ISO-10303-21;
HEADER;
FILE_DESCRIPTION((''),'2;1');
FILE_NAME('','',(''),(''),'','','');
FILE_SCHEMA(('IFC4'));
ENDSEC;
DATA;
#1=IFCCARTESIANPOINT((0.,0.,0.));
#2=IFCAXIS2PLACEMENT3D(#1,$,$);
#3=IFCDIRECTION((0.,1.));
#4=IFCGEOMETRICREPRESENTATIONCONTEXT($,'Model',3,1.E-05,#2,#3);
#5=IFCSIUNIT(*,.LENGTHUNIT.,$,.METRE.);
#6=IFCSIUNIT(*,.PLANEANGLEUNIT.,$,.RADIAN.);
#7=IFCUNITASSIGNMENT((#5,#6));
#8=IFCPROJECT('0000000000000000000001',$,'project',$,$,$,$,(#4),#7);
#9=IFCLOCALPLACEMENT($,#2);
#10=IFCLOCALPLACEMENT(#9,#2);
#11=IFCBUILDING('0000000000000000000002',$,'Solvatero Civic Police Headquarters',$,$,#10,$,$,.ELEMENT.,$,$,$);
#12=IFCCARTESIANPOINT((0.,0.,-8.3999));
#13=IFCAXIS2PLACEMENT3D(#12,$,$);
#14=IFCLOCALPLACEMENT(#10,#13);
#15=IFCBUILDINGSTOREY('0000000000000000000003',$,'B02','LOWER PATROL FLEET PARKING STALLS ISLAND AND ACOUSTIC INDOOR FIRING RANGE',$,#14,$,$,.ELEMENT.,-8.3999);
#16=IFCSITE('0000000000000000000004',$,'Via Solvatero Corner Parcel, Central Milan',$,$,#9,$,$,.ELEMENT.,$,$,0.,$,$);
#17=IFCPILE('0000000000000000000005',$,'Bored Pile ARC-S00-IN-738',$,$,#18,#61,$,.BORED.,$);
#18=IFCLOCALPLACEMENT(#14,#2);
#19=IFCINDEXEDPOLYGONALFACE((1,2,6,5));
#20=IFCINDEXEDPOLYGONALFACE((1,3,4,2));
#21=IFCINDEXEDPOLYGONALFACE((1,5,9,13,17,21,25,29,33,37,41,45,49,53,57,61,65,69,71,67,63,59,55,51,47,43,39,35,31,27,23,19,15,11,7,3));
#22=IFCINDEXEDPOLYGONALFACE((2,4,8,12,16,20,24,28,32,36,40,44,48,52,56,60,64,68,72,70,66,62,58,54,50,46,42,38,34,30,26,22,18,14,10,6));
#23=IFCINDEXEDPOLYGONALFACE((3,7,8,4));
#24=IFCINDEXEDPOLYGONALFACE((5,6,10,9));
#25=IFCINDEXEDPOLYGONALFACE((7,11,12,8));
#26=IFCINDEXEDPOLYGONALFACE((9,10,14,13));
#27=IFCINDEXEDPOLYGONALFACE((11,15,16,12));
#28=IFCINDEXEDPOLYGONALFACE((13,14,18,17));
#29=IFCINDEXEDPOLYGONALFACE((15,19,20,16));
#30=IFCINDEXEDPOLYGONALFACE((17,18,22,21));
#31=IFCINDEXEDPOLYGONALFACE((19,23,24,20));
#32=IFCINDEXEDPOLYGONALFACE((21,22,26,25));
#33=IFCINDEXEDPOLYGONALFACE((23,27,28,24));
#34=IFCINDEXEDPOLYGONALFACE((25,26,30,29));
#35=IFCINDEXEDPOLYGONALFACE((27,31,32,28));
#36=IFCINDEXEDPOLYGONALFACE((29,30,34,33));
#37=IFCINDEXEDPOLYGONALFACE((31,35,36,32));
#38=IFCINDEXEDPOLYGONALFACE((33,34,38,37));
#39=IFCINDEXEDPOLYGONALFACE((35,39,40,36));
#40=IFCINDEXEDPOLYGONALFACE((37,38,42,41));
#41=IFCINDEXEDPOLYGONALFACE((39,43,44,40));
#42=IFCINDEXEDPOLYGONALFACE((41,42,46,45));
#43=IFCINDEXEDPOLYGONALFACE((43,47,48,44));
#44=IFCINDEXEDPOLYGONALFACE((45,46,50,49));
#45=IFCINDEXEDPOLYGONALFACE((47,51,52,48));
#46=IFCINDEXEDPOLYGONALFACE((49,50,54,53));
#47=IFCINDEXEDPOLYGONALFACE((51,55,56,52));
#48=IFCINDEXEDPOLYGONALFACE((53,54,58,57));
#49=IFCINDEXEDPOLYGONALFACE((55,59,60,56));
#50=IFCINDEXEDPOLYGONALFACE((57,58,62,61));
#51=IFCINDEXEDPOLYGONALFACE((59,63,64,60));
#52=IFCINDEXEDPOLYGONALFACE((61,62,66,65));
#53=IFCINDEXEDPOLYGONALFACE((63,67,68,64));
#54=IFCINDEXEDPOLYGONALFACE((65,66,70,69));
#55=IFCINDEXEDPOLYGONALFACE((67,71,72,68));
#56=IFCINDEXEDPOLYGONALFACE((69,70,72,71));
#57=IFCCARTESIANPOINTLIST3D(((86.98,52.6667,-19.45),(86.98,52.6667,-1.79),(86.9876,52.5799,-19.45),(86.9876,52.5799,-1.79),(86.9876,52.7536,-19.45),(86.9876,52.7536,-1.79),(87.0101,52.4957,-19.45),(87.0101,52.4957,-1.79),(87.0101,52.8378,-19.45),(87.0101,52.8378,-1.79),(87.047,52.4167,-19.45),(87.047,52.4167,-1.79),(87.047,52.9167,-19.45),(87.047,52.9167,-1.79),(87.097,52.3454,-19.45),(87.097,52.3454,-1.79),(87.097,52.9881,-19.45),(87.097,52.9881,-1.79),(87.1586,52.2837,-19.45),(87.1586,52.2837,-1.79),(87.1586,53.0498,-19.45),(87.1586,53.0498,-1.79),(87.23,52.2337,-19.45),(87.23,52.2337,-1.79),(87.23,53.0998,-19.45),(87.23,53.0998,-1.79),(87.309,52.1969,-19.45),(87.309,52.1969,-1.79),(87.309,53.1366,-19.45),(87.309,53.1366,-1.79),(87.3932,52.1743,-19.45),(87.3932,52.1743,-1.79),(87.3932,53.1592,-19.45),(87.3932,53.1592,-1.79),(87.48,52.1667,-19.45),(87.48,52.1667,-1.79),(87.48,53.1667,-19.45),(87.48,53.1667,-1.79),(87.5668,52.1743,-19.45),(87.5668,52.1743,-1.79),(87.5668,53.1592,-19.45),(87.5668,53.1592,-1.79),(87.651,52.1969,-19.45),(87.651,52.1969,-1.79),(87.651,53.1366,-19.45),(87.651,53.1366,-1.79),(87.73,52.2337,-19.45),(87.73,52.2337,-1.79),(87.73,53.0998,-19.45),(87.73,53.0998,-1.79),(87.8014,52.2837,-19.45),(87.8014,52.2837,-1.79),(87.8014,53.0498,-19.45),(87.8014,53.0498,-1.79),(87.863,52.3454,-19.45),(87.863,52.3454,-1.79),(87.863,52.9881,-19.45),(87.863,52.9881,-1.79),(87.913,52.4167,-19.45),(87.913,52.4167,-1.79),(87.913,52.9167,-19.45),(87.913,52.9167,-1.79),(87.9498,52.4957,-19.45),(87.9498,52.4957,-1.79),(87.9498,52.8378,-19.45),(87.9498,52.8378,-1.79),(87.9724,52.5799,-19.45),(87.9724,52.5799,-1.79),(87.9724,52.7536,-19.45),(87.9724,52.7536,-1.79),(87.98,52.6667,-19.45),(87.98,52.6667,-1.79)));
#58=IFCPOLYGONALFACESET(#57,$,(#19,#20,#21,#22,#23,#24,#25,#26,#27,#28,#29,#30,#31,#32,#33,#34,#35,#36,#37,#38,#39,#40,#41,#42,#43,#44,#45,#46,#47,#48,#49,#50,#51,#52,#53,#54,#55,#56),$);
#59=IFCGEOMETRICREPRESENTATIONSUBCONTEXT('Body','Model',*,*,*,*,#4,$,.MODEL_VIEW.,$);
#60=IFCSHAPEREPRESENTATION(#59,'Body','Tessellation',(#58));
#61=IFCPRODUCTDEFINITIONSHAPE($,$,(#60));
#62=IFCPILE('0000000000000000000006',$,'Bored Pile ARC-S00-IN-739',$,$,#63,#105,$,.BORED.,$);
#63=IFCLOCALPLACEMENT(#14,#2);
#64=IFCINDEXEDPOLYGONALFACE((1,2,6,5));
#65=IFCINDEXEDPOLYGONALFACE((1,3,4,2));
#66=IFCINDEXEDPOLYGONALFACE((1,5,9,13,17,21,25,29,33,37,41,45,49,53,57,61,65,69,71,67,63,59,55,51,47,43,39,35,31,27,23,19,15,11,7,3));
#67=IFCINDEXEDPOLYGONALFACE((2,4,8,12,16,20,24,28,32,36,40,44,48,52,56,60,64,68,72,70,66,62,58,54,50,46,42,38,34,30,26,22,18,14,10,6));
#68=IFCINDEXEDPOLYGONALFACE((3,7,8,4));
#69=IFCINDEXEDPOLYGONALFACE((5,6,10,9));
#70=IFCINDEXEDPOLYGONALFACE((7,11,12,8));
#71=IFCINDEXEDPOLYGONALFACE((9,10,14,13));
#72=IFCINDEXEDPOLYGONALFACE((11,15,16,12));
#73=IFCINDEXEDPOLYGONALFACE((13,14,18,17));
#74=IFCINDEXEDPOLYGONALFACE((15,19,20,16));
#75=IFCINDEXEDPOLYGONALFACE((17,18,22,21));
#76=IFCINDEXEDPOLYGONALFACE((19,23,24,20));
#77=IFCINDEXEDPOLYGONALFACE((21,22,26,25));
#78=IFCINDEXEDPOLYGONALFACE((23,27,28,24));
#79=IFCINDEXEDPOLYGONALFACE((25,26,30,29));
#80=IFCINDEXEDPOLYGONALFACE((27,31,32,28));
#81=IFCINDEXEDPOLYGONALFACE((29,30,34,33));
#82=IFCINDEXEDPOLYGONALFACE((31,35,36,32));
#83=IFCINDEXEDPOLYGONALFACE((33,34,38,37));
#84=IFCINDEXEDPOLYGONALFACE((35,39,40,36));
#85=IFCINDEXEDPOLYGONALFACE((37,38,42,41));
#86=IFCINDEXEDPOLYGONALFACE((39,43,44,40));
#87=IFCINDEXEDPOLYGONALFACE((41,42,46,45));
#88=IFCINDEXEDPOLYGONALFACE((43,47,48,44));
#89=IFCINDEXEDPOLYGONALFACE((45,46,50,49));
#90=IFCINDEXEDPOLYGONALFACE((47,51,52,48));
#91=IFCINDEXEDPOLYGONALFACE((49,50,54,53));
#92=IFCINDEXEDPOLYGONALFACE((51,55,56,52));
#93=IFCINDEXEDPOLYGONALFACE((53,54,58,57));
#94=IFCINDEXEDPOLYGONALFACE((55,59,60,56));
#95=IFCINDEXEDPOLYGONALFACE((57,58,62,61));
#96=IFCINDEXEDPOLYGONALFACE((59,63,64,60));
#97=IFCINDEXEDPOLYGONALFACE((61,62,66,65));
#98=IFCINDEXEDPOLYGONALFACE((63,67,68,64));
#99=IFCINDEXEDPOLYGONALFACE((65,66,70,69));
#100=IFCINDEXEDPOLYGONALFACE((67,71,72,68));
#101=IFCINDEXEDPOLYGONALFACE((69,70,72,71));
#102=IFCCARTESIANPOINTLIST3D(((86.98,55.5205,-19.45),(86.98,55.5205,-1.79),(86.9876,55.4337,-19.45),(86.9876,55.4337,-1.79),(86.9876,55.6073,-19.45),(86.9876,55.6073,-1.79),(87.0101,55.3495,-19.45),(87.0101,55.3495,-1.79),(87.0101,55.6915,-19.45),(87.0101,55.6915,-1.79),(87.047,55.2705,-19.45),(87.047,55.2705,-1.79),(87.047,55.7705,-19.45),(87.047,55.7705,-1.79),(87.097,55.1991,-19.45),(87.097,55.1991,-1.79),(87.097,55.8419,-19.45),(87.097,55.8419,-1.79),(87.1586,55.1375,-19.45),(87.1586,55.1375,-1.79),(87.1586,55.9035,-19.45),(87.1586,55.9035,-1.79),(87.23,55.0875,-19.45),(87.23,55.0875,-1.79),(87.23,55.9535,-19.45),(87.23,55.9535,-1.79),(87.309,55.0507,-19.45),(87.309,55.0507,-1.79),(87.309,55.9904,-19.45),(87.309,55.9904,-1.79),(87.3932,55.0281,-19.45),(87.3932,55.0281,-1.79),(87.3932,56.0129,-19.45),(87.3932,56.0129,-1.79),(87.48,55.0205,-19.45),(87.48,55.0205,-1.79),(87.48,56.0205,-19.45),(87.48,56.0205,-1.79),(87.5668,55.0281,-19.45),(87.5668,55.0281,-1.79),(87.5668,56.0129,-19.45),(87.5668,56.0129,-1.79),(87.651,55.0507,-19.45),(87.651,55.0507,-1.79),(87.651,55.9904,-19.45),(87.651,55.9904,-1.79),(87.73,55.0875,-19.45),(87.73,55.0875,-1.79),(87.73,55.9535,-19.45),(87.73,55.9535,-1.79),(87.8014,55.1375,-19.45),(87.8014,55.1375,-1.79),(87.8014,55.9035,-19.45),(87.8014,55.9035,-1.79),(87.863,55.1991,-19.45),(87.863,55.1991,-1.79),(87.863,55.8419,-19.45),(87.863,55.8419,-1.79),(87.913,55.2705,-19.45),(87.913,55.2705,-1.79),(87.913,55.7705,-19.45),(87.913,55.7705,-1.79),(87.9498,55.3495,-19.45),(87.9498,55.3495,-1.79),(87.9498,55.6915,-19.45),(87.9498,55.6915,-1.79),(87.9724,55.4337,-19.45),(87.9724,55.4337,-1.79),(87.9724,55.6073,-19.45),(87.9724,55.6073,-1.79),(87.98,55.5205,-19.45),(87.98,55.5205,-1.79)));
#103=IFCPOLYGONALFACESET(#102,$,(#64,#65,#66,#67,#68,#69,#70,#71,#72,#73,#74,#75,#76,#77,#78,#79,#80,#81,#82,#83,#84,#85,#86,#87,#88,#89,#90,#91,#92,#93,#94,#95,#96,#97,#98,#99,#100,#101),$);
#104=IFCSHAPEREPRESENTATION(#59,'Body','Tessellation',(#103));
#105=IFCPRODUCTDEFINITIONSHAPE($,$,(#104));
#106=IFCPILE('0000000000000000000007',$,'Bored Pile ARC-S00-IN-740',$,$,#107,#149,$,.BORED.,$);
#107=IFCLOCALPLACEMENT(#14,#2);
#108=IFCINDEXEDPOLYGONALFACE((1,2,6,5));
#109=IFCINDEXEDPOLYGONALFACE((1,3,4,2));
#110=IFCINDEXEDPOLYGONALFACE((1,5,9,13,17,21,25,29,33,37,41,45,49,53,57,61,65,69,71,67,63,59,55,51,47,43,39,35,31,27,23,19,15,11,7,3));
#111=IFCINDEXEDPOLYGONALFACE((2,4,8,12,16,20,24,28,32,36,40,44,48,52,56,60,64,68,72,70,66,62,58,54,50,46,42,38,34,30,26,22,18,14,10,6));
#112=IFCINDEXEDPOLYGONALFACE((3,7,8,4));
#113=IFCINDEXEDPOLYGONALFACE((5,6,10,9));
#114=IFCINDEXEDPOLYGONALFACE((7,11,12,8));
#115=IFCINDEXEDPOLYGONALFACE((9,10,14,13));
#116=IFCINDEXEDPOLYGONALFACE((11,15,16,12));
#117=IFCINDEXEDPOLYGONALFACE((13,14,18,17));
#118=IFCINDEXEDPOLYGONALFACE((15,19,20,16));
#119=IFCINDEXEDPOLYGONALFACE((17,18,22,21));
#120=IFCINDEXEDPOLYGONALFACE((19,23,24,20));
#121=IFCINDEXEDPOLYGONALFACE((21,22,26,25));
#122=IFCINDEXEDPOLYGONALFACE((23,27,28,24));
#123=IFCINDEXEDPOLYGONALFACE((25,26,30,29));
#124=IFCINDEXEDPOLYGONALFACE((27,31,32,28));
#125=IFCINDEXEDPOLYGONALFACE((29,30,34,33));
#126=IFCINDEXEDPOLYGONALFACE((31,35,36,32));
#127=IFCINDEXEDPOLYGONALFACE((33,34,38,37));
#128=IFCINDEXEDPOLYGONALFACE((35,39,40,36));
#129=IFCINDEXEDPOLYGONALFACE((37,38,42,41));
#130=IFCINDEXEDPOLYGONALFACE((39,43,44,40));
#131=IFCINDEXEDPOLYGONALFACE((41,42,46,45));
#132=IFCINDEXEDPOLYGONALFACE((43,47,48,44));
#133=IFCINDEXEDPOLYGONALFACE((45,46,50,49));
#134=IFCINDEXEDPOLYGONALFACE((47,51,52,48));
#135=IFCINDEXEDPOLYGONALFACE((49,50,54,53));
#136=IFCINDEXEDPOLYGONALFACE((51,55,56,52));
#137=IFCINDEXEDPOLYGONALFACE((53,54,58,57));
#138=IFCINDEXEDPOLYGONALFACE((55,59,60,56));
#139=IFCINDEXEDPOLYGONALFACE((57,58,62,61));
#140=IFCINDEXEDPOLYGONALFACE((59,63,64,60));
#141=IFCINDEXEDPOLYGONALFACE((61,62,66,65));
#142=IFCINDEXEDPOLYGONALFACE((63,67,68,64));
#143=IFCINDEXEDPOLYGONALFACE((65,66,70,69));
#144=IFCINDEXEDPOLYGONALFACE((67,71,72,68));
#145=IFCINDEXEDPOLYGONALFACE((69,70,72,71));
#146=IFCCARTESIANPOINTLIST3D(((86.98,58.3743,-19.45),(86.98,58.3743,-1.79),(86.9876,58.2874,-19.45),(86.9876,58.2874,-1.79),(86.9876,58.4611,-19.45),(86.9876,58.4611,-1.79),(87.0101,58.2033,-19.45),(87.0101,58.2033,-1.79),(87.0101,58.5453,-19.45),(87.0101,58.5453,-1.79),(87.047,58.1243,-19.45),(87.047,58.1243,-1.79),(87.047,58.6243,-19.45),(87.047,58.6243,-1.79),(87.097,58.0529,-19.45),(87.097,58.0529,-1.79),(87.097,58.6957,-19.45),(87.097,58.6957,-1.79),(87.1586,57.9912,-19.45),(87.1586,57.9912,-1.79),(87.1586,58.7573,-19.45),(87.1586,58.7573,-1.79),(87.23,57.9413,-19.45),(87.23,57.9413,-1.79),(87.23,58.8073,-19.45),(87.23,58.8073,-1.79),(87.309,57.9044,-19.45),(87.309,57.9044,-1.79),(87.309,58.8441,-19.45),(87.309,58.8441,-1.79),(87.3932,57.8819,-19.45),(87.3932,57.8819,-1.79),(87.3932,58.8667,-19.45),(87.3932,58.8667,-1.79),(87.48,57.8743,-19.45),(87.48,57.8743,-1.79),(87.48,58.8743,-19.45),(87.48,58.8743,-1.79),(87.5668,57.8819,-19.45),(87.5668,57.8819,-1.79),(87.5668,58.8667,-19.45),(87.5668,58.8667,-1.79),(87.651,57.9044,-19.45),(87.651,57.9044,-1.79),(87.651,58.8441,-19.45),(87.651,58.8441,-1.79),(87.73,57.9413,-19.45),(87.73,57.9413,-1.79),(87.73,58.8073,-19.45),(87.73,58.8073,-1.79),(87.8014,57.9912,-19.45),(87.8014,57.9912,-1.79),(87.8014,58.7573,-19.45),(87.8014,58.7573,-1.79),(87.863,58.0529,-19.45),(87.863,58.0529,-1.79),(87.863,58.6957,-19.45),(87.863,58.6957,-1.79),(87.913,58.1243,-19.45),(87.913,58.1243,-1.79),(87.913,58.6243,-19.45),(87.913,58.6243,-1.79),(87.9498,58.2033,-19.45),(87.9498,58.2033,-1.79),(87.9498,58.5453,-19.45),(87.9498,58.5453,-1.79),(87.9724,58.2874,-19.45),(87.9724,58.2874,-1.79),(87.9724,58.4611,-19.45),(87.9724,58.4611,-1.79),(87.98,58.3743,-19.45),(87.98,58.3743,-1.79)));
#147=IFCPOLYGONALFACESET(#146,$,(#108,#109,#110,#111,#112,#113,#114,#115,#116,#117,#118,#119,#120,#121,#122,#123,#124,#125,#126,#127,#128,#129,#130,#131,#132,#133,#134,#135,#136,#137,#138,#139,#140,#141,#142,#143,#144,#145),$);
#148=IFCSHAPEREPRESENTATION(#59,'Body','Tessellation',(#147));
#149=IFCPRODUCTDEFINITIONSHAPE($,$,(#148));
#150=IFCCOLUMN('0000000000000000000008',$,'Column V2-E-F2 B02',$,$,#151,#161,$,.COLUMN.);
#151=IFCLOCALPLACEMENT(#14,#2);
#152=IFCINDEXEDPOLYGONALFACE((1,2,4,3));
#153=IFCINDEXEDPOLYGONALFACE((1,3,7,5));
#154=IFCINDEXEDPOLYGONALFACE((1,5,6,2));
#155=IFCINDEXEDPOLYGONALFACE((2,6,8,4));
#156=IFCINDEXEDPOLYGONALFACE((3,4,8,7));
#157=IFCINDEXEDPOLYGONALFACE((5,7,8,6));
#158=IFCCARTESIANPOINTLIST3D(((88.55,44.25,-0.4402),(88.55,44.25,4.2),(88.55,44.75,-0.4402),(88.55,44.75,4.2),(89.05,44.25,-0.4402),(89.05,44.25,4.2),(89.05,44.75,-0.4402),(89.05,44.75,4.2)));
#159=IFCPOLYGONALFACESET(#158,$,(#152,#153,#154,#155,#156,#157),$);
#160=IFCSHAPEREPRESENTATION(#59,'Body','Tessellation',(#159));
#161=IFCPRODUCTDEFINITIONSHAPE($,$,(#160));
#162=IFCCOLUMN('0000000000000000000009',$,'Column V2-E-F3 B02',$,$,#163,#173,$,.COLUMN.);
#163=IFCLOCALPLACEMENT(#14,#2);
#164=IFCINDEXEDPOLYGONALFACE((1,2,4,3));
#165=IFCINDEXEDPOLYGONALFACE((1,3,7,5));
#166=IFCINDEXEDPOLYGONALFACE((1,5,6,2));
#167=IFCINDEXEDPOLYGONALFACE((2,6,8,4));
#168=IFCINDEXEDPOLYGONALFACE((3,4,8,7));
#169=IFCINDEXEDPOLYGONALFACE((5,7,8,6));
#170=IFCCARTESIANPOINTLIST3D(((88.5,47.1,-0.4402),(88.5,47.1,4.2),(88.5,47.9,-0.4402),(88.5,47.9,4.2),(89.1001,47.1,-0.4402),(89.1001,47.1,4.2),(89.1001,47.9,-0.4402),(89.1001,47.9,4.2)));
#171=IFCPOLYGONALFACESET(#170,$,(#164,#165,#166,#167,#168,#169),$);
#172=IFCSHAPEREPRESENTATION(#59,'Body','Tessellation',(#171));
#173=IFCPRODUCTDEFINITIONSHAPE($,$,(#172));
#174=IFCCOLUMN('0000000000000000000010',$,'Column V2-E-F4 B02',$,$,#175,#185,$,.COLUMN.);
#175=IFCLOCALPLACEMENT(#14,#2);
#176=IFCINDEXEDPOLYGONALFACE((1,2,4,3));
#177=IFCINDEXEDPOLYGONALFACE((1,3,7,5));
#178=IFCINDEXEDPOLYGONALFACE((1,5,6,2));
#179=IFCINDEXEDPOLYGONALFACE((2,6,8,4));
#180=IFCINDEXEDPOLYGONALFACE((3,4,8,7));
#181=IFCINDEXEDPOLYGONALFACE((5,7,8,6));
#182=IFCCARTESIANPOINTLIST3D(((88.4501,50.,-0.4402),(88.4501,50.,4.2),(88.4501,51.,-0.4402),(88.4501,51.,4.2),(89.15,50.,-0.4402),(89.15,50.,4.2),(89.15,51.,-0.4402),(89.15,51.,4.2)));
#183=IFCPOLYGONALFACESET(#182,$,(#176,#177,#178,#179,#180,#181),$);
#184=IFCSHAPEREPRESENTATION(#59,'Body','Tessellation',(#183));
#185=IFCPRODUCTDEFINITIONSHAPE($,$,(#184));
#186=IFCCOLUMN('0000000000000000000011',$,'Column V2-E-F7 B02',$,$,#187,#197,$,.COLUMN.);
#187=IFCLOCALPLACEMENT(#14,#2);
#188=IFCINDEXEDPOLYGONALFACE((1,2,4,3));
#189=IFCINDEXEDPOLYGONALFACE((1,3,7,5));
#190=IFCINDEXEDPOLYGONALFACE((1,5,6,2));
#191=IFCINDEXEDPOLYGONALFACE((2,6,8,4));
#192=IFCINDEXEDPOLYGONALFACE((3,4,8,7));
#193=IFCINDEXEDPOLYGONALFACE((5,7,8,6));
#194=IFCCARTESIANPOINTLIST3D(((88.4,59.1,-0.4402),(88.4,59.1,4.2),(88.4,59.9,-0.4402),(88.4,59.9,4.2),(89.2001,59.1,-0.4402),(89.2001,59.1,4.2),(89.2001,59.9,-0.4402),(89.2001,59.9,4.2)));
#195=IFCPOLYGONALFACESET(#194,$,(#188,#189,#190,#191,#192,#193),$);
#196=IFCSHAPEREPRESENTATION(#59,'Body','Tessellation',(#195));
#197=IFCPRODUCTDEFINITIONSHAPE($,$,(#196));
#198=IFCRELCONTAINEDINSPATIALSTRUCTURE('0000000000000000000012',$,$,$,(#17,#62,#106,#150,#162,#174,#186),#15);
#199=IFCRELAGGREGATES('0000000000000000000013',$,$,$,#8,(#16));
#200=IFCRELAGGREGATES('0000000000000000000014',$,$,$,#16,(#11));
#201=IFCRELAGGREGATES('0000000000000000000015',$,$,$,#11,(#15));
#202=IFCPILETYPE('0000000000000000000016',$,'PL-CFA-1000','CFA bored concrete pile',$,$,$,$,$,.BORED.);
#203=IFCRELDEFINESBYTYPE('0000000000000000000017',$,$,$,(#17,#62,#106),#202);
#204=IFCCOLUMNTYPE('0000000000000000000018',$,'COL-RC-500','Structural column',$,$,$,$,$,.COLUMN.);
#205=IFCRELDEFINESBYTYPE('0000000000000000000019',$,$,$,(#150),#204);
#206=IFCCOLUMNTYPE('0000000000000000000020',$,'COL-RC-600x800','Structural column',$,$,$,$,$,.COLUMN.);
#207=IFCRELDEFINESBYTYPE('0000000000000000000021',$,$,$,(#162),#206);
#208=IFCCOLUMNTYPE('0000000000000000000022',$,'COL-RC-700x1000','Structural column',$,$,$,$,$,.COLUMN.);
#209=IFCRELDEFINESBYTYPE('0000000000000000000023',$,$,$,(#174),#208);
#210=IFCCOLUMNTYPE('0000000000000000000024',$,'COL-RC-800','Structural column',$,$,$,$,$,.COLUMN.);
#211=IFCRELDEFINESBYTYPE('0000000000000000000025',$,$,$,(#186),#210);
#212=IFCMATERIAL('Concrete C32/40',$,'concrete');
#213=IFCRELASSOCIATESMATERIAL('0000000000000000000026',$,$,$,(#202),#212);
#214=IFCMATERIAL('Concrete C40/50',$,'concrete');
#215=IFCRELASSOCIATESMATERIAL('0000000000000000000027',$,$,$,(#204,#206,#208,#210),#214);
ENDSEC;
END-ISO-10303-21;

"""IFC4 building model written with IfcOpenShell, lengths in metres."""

from ifc_helpers import new_model, si_unit, direction, frame, origin, origin_2d, place, context, subcontext, project, spatial, rectangle, circle, extrude, material, material_profile, profile_set, type_object, element, save


model = new_model("IFC4")

# Units and contexts
model_context = context("Model", 3, precision=1e-05, world=origin(), true_north=direction((0.0, 1.0)))
body_context = subcontext(model_context, "Body", "Model", "MODEL_VIEW")
ifc_project = project(units=[si_unit("LENGTHUNIT", "METRE"), si_unit("PLANEANGLEUNIT", "RADIAN")], contexts=[model_context])

# Site, building, storey
site_placement = place(None, origin())
site = spatial("IfcSite", under=ifc_project, at=site_placement, Name="Via Solvatero Corner Parcel, Central Milan", CompositionType="ELEMENT", RefElevation=0.0)
building_placement = place(site_placement, origin())
building = spatial("IfcBuilding", under=site, at=building_placement, Name="Solvatero Civic Police Headquarters", CompositionType="ELEMENT")
storey_placement = place(building_placement, frame((0.0, 0.0, -8.3999)))
storey = spatial("IfcBuildingStorey", under=building, at=storey_placement, Name="B02", Description="LOWER PATROL FLEET PARKING STALLS ISLAND AND ACOUSTIC INDOOR FIRING RANGE", CompositionType="ELEMENT", Elevation=-8.3999)

# Piles
ifc_material_1 = material(Name="Concrete C32/40", Category="concrete")
ifc_material_profile_1 = material_profile(ifc_material_1, circle(Radius=0.5, at=origin_2d()), Name="CFA PILE D1000")
ifc_profile_set_1 = profile_set([ifc_material_profile_1], Name="Concrete C32/40")
pile_type = type_object("IfcPileType", Name="PL-CFA-1000", Description="CFA bored concrete pile", PredefinedType="BORED", material=ifc_profile_set_1)
for number, where, z_axis, x_axis, name in (
    (1, (87.48, 52.6667, -1.79), (0.0, 0.0, -1.0), (1.0, 0.0, 0.0), "Bored Pile ARC-S00-IN-738"),
    (2, (87.48, 55.5205, -1.79), (0.0, 0.0, -1.0), (1.0, 0.0, 0.0), "Bored Pile ARC-S00-IN-739"),
    (3, (87.48, 58.3743, -1.79), (0.0, 0.0, -1.0), (1.0, 0.0, 0.0), "Bored Pile ARC-S00-IN-740"),
):
    element("IfcPile", number, at=place(storey_placement, frame(where, z_axis=z_axis, x_axis=x_axis)), inside=storey, type_object=pile_type, Name=name, PredefinedType="BORED", context=body_context, shape_type="SweptSolid", body=[
        extrude(circle(Radius=0.5, at=origin_2d()), origin(), (0.0, 0.0, 1.0), 17.6599),
    ])

# Columns
ifc_material_2 = material(Name="Concrete C40/50", Category="concrete")
ifc_material_profile_2 = material_profile(ifc_material_2, rectangle(XDim=0.5, YDim=0.5, at=origin_2d()), Name="RC 500x500")
ifc_profile_set_2 = profile_set([ifc_material_profile_2], Name="Concrete C40/50")
column_type_1 = type_object("IfcColumnType", Name="COL-RC-500", Description="Structural column", PredefinedType="COLUMN", material=ifc_profile_set_2)
column_1_placement = place(storey_placement, frame((88.8, 44.5, -0.4402), z_axis=(0.0, 0.0, 1.0), x_axis=(1.0, 0.0, 0.0)))
element("IfcColumn", 4, at=column_1_placement, inside=storey, type_object=column_type_1, Name="Column V2-E-F2 B02", PredefinedType="COLUMN", context=body_context, shape_type="SweptSolid", body=[
    extrude(rectangle(XDim=0.5, YDim=0.5, at=origin_2d()), origin(), (0.0, 0.0, 1.0), 4.6401),
])
ifc_material_profile_3 = material_profile(ifc_material_2, rectangle(XDim=0.6001, YDim=0.8, at=origin_2d()), Name="RC 600x800")
ifc_profile_set_3 = profile_set([ifc_material_profile_3], Name="Concrete C40/50")
column_type_2 = type_object("IfcColumnType", Name="COL-RC-600x800", Description="Structural column", PredefinedType="COLUMN", material=ifc_profile_set_3)
column_2_placement = place(storey_placement, frame((88.8, 47.5, -0.4402), z_axis=(0.0, 0.0, 1.0), x_axis=(1.0, 0.0, 0.0)))
element("IfcColumn", 5, at=column_2_placement, inside=storey, type_object=column_type_2, Name="Column V2-E-F3 B02", PredefinedType="COLUMN", context=body_context, shape_type="SweptSolid", body=[
    extrude(rectangle(XDim=0.6001, YDim=0.8, at=origin_2d()), origin(), (0.0, 0.0, 1.0), 4.6401),
])
ifc_material_profile_4 = material_profile(ifc_material_2, rectangle(XDim=0.7, YDim=1.0, at=origin_2d()), Name="RC 700x1000")
ifc_profile_set_4 = profile_set([ifc_material_profile_4], Name="Concrete C40/50")
column_type_3 = type_object("IfcColumnType", Name="COL-RC-700x1000", Description="Structural column", PredefinedType="COLUMN", material=ifc_profile_set_4)
column_3_placement = place(storey_placement, frame((88.8, 50.5, -0.4402), z_axis=(0.0, 0.0, 1.0), x_axis=(1.0, 0.0, 0.0)))
element("IfcColumn", 6, at=column_3_placement, inside=storey, type_object=column_type_3, Name="Column V2-E-F4 B02", PredefinedType="COLUMN", context=body_context, shape_type="SweptSolid", body=[
    extrude(rectangle(XDim=0.7, YDim=1.0, at=origin_2d()), origin(), (0.0, 0.0, 1.0), 4.6401),
])
ifc_material_profile_5 = material_profile(ifc_material_2, rectangle(XDim=0.8, YDim=0.8, at=origin_2d()), Name="RC 800x800")
ifc_profile_set_5 = profile_set([ifc_material_profile_5], Name="Concrete C40/50")
column_type_4 = type_object("IfcColumnType", Name="COL-RC-800", Description="Structural column", PredefinedType="COLUMN", material=ifc_profile_set_5)
column_4_placement = place(storey_placement, frame((88.8, 59.5, -0.4402), z_axis=(0.0, 0.0, 1.0), x_axis=(1.0, 0.0, 0.0)))
element("IfcColumn", 7, at=column_4_placement, inside=storey, type_object=column_type_4, Name="Column V2-E-F7 B02", PredefinedType="COLUMN", context=body_context, shape_type="SweptSolid", body=[
    extrude(rectangle(XDim=0.8, YDim=0.8, at=origin_2d()), origin(), (0.0, 0.0, 1.0), 4.6401),
])

save(model, "model.ifc")
